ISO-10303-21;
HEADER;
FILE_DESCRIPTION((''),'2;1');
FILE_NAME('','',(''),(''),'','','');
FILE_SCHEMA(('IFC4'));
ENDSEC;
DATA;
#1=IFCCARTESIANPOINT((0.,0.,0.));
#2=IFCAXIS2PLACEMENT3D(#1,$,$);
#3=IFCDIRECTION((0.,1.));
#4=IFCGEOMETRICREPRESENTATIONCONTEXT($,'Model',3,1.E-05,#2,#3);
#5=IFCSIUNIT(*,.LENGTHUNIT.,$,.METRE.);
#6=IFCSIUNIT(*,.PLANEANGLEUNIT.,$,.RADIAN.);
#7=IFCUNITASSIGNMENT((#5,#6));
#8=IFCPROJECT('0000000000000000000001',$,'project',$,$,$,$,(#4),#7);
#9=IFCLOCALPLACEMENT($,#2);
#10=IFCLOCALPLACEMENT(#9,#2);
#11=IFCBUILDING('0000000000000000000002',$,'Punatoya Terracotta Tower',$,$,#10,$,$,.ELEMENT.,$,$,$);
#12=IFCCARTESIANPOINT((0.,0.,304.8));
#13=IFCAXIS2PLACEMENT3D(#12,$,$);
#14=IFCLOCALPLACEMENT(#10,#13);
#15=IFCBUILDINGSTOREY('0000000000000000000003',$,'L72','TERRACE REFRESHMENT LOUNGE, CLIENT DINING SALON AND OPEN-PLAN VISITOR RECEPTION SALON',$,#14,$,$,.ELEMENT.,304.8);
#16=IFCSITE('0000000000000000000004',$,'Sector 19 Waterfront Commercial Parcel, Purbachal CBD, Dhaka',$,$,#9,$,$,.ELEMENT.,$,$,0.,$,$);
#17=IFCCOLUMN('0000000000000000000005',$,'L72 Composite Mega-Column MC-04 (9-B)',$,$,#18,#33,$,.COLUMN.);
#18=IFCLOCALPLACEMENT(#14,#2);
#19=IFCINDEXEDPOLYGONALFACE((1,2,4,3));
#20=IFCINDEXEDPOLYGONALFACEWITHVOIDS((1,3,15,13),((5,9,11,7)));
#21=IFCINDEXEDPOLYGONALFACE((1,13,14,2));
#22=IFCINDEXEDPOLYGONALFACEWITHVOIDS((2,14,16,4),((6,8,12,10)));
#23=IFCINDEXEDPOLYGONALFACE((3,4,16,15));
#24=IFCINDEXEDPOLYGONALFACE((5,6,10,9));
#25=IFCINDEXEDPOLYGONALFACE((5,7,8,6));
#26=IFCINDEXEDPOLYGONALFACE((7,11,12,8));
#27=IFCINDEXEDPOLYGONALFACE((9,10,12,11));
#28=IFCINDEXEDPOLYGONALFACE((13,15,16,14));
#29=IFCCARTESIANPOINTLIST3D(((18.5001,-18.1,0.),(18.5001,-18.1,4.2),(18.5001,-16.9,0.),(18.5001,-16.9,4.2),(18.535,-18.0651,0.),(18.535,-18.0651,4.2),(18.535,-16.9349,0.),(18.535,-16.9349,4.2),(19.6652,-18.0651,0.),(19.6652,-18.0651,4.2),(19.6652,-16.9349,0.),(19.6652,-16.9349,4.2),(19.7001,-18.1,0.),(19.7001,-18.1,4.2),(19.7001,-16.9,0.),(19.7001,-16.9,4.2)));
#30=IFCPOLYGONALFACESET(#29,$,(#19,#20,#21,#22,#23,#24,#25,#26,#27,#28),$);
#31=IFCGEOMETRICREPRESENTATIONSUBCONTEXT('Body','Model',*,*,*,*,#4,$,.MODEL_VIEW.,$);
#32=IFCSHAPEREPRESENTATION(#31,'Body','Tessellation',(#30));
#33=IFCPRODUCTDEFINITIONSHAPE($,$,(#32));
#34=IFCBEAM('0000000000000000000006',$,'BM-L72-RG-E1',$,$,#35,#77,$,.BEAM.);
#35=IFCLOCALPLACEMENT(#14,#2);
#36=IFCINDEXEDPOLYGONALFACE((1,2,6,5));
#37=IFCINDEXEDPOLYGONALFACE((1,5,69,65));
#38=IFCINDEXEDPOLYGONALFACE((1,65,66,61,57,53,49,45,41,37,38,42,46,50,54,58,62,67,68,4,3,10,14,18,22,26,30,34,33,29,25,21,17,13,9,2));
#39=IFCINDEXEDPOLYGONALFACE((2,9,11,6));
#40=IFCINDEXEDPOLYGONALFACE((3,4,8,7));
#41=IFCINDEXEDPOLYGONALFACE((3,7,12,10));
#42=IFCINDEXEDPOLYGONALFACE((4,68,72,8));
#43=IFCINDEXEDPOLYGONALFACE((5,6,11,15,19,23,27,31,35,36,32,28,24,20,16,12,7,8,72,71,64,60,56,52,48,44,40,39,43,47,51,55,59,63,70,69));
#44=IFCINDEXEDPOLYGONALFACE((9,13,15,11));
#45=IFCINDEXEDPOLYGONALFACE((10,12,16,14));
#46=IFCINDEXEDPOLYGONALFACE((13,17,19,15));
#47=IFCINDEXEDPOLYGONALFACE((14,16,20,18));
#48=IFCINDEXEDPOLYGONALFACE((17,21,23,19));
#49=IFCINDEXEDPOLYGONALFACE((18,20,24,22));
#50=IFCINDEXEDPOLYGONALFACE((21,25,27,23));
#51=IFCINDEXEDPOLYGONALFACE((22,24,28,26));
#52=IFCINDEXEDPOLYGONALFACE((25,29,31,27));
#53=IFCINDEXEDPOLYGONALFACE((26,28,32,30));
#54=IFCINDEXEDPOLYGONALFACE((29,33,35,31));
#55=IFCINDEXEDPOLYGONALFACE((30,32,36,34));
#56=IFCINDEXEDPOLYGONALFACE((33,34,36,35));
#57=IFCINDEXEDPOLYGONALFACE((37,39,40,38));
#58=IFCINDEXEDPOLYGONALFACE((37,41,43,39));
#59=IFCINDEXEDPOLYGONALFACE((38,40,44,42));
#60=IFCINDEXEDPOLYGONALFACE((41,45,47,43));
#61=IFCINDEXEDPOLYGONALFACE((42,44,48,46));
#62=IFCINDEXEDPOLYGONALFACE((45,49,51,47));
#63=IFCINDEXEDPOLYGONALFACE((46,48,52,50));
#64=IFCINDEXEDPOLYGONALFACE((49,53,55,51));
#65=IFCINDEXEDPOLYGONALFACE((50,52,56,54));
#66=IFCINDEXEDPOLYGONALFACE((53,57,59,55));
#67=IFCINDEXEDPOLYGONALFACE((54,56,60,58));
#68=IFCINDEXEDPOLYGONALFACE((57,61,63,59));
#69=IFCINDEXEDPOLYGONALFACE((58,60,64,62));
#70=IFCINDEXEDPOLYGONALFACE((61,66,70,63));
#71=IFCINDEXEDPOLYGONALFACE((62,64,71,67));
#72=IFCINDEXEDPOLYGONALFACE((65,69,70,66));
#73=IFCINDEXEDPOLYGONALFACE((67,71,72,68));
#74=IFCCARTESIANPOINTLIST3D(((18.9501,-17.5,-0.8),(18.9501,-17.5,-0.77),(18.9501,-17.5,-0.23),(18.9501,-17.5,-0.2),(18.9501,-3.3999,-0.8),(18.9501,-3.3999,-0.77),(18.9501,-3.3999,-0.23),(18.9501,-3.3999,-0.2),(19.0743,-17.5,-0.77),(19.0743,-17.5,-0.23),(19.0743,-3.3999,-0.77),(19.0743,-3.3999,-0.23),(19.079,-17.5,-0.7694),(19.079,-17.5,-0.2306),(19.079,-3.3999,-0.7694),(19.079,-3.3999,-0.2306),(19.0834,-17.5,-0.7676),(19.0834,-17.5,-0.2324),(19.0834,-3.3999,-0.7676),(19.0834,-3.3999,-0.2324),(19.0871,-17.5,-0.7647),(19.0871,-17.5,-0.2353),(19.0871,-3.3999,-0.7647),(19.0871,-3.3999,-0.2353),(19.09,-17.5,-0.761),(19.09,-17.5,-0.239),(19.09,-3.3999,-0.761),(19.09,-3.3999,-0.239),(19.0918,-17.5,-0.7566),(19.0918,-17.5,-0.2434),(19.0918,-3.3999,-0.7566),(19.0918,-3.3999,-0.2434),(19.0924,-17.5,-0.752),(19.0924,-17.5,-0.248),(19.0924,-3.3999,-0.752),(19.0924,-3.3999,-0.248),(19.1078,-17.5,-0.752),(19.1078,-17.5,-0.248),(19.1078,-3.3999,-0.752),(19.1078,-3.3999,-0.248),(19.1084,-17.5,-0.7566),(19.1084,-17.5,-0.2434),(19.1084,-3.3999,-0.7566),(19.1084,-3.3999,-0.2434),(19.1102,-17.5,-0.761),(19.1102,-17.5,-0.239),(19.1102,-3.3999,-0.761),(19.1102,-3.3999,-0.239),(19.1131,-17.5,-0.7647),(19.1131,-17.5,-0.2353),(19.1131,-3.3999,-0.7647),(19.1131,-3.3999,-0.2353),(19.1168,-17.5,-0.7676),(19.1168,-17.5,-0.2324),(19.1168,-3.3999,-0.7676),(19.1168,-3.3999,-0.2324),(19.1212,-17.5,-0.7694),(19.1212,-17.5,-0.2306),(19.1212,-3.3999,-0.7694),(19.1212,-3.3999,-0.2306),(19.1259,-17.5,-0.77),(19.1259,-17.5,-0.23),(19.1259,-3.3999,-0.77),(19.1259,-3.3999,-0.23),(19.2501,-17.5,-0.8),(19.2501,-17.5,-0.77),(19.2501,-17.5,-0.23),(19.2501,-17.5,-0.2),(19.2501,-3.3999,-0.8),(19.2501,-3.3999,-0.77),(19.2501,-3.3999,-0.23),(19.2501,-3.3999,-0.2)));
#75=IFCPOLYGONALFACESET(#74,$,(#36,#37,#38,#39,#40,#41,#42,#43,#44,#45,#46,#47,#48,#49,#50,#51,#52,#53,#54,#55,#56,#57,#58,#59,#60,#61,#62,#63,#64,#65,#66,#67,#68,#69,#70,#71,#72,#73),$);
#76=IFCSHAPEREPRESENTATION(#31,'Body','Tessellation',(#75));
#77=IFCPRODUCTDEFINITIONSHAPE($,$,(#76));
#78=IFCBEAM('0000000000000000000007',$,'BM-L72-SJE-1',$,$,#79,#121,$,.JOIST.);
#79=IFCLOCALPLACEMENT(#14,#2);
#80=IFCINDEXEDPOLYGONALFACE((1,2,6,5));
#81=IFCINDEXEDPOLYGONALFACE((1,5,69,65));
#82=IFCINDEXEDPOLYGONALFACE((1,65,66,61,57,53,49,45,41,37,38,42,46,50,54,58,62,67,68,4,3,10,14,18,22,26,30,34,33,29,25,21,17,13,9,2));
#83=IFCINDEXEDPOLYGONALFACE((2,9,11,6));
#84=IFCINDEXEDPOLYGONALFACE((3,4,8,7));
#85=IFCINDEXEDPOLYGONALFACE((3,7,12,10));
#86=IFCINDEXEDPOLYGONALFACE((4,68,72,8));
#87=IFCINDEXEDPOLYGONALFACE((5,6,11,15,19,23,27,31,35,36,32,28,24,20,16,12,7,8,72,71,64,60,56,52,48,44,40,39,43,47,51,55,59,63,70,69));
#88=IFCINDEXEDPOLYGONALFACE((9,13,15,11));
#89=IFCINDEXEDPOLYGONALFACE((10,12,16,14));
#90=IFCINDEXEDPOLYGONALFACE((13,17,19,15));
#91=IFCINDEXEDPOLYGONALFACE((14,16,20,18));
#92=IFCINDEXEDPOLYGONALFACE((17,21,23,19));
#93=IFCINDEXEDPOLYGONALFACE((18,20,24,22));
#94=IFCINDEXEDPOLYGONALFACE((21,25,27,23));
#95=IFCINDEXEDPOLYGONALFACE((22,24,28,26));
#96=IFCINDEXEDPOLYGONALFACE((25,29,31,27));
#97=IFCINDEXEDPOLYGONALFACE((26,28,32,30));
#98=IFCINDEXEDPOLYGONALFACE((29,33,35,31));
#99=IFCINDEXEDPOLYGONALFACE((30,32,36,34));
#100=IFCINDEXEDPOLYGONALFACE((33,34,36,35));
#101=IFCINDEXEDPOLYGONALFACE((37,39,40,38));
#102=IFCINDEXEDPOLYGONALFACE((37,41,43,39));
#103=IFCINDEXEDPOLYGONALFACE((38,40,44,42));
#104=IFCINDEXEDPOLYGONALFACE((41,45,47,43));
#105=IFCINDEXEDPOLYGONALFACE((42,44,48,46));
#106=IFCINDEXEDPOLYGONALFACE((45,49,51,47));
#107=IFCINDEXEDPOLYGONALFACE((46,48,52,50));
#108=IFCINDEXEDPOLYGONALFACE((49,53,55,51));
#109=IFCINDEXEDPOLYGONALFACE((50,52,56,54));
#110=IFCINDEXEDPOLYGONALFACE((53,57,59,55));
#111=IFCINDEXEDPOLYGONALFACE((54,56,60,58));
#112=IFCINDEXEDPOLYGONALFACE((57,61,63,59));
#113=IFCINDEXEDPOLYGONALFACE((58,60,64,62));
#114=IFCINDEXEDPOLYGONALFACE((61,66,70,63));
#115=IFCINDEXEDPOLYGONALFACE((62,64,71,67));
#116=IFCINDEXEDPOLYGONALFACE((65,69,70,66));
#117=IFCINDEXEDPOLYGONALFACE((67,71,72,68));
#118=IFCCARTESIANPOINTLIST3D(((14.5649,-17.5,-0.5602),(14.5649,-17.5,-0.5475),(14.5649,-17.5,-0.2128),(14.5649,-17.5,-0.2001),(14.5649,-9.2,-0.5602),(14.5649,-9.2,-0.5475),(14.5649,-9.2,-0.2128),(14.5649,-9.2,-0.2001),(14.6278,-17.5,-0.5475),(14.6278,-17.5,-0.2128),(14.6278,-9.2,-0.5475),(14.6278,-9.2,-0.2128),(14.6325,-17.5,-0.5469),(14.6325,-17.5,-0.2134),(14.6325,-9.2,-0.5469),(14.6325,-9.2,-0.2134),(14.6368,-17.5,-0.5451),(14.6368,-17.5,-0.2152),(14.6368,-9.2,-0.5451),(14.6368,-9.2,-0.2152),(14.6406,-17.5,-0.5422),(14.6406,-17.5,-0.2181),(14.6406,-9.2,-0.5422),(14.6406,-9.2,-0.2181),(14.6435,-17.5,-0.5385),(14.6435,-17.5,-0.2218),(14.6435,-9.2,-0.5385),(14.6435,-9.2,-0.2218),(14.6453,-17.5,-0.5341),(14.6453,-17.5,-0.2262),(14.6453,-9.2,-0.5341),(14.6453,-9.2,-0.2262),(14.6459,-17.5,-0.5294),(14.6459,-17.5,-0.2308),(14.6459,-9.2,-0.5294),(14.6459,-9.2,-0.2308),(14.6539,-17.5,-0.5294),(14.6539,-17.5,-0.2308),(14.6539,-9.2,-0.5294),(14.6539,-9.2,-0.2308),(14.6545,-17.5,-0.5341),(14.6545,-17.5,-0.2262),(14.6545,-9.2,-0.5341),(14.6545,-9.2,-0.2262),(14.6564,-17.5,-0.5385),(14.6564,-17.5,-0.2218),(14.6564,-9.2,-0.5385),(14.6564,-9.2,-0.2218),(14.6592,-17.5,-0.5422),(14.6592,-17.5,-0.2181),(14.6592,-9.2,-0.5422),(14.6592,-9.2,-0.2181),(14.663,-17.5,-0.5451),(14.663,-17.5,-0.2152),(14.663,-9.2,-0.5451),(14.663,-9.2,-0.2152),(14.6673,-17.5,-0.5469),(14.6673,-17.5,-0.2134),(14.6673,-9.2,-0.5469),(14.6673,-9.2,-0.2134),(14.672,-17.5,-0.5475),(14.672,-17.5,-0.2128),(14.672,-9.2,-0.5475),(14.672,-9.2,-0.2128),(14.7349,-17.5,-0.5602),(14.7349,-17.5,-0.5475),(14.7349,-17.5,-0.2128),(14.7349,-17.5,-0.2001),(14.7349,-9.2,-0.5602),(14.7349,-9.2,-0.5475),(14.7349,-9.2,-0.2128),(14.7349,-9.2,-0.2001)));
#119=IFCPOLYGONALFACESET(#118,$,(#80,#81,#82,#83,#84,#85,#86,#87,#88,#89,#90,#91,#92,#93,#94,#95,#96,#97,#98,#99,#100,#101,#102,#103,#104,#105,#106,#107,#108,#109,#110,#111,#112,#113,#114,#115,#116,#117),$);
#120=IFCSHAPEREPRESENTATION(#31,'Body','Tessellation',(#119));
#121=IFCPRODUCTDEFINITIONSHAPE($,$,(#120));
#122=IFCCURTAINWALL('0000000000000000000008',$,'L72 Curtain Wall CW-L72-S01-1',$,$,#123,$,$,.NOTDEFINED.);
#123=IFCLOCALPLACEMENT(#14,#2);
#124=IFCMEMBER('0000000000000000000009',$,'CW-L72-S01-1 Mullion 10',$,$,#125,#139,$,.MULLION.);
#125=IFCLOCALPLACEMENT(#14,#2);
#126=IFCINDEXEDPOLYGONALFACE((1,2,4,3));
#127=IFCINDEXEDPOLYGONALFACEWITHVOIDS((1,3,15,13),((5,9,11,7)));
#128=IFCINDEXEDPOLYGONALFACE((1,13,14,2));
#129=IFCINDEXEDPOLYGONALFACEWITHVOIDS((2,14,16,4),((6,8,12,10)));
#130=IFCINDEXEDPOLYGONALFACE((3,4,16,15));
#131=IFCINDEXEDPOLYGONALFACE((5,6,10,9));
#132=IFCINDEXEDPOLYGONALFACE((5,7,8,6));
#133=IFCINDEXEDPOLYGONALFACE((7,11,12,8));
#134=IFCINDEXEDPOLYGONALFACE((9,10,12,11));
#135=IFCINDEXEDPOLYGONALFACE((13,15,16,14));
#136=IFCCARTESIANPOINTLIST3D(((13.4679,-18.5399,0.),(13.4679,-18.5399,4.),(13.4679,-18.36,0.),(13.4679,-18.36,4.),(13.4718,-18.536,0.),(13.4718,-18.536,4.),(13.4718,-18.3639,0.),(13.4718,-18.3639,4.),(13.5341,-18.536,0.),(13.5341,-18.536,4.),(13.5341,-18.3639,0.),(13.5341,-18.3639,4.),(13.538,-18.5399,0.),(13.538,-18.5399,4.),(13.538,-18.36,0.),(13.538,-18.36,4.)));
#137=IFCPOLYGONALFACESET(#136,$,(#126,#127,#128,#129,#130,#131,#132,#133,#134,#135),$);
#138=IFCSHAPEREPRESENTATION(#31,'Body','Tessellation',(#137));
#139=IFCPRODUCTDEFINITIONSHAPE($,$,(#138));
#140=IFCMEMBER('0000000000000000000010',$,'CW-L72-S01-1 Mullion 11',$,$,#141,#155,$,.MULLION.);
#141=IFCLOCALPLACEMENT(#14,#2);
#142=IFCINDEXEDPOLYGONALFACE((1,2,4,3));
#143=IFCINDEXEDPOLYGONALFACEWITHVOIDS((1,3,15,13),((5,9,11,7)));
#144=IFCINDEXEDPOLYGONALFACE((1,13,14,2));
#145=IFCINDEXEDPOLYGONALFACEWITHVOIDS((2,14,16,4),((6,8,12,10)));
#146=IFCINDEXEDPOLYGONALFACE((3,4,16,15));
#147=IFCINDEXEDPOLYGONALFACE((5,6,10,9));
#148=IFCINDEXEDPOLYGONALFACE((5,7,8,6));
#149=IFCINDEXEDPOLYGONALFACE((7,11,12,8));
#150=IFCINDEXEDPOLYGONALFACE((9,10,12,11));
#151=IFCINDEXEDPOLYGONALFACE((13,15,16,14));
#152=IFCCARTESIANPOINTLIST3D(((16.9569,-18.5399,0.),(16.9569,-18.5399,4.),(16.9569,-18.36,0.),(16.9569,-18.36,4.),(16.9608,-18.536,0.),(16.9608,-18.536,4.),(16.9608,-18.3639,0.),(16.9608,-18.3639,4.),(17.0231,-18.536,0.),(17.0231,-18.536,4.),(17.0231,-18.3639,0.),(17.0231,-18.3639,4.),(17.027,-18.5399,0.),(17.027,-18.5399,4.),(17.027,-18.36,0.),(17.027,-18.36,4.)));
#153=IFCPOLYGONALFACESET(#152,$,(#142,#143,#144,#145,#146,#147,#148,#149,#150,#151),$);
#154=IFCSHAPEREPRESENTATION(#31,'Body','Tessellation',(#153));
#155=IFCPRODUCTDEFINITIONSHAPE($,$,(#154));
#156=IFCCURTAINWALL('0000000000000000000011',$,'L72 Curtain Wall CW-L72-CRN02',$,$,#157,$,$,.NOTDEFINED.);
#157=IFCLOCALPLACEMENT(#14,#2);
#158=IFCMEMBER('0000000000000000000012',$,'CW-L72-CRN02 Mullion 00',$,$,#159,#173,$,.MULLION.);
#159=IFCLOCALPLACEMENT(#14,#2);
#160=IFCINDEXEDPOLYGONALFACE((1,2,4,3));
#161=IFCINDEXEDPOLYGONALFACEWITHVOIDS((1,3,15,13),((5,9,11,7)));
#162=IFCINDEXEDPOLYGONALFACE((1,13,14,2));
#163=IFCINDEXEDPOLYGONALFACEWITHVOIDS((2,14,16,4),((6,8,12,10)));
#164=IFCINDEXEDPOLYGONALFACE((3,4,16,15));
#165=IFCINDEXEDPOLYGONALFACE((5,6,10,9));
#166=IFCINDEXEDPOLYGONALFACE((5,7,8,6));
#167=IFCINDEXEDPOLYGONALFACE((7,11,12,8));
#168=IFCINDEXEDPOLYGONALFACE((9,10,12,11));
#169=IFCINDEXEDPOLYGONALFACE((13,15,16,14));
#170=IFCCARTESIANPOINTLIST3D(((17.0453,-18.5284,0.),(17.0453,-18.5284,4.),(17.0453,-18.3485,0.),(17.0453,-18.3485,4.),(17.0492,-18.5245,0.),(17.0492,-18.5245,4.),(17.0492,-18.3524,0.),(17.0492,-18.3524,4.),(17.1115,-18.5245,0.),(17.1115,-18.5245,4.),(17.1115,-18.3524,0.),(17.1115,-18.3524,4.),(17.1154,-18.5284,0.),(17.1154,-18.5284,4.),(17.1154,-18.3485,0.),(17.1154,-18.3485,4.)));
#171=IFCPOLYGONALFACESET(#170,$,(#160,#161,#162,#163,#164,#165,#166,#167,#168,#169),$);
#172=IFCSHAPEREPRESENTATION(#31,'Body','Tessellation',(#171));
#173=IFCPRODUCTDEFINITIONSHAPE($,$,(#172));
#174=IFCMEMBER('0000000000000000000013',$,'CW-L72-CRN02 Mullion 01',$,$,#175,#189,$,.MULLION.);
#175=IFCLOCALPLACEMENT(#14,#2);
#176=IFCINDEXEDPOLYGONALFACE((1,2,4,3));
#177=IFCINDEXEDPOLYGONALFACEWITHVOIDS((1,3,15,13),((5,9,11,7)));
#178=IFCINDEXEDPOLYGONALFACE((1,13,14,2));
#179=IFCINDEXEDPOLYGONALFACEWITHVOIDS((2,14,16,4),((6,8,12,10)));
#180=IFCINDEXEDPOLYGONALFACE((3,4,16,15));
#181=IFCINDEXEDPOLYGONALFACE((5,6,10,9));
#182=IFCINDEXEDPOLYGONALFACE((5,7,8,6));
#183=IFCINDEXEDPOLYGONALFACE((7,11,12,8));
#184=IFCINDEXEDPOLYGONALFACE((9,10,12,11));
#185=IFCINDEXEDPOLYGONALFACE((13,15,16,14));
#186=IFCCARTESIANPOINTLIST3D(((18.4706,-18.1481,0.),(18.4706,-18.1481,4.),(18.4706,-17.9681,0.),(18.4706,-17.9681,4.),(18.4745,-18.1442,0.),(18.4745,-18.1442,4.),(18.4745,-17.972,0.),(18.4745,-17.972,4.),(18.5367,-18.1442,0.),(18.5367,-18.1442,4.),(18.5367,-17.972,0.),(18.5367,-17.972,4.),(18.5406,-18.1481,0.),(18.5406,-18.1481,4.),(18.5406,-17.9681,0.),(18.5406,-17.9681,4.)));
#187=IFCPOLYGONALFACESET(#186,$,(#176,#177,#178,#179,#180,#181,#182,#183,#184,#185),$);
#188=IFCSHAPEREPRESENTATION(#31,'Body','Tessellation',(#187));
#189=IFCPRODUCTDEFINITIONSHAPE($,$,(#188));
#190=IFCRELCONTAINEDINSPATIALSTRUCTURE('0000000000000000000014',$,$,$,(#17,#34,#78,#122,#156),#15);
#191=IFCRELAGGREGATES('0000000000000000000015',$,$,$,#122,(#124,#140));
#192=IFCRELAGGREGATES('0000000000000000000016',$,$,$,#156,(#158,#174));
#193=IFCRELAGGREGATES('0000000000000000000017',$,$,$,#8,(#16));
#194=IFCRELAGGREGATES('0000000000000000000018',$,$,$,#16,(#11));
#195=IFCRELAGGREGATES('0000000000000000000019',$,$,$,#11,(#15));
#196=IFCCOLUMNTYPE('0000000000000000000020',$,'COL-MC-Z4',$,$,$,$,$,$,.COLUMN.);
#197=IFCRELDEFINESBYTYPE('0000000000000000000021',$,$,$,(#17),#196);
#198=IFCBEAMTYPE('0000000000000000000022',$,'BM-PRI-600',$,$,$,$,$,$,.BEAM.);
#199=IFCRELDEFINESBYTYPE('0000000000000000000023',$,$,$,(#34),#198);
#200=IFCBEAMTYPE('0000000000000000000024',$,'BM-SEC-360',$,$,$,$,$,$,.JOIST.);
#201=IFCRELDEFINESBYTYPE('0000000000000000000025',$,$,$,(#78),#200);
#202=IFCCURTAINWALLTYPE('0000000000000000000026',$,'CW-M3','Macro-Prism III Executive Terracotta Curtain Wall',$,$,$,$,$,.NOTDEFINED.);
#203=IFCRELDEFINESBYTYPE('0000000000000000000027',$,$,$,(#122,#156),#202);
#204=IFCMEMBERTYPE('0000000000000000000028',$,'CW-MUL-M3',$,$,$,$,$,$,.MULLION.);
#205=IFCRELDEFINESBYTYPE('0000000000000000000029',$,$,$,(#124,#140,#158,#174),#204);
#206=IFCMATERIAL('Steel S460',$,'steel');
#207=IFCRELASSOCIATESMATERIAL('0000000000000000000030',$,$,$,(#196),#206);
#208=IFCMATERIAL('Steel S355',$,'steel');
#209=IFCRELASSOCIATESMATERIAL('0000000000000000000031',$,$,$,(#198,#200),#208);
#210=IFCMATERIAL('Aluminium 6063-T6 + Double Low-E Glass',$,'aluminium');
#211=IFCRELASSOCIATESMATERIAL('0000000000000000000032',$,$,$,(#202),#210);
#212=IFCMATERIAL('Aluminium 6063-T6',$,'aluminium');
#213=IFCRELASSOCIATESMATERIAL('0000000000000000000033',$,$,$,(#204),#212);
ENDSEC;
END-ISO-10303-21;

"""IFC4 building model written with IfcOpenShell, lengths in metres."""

from ifc_helpers import new_model, si_unit, direction, frame, origin, origin_2d, place, context, subcontext, project, spatial, hollow_rectangle, i_section, extrude, material, material_profile, profile_set, type_object, element, aggregate, save


model = new_model("IFC4")

# Units and contexts
model_context = context("Model", 3, precision=1e-05, world=origin(), true_north=direction((0.0, 1.0)))
body_context = subcontext(model_context, "Body", "Model", "MODEL_VIEW")
ifc_project = project(units=[si_unit("LENGTHUNIT", "METRE"), si_unit("PLANEANGLEUNIT", "RADIAN")], contexts=[model_context])

# Site, building, storey
site_placement = place(None, origin())
site = spatial("IfcSite", under=ifc_project, at=site_placement, Name="Sector 19 Waterfront Commercial Parcel, Purbachal CBD, Dhaka", CompositionType="ELEMENT", RefElevation=0.0)
building_placement = place(site_placement, origin())
building = spatial("IfcBuilding", under=site, at=building_placement, Name="Punatoya Terracotta Tower", CompositionType="ELEMENT")
storey_placement = place(building_placement, frame((0.0, 0.0, 304.8)))
storey = spatial("IfcBuildingStorey", under=building, at=storey_placement, Name="L72", Description="TERRACE REFRESHMENT LOUNGE, CLIENT DINING SALON AND OPEN-PLAN VISITOR RECEPTION SALON", CompositionType="ELEMENT", Elevation=304.8)

# Column
ifc_material_1 = material(Name="Steel S460", Category="steel")
ifc_material_profile_1 = material_profile(ifc_material_1, hollow_rectangle(XDim=1.2, YDim=1.2, WallThickness=0.0349, at=origin_2d()))
ifc_profile_set_1 = profile_set([ifc_material_profile_1], Name="Steel S460")
column_type = type_object("IfcColumnType", Name="COL-MC-Z4", PredefinedType="COLUMN", material=ifc_profile_set_1)
column_placement = place(storey_placement, frame((19.1001, -17.5, 0.0), z_axis=(0.0, 0.0, 1.0), x_axis=(1.0, 0.0, 0.0)))
element("IfcColumn", 1, at=column_placement, inside=storey, type_object=column_type, Name="L72 Composite Mega-Column MC-04 (9-B)", PredefinedType="COLUMN", context=body_context, shape_type="SweptSolid", body=[
    extrude(hollow_rectangle(XDim=1.2, YDim=1.2, WallThickness=0.0349, at=origin_2d()), origin(), (0.0, 0.0, 1.0), 4.2),
])

# Beams
ifc_material_2 = material(Name="Steel S355", Category="steel")
ifc_material_profile_2 = material_profile(ifc_material_2, i_section(OverallWidth=0.3, OverallDepth=0.6001, WebThickness=0.0154, FlangeThickness=0.03, FilletRadius=0.0181, at=origin_2d()))
ifc_profile_set_2 = profile_set([ifc_material_profile_2], Name="Steel S355")
beam_type_1 = type_object("IfcBeamType", Name="BM-PRI-600", PredefinedType="BEAM", material=ifc_profile_set_2)
beam_1_placement = place(storey_placement, frame((19.1001, -17.5, -0.5), z_axis=(0.0, 1.0, 0.0), x_axis=(-1.0, 0.0, 0.0)))
element("IfcBeam", 2, at=beam_1_placement, inside=storey, type_object=beam_type_1, Name="BM-L72-RG-E1", PredefinedType="BEAM", context=body_context, shape_type="SweptSolid", body=[
    extrude(i_section(OverallWidth=0.3, OverallDepth=0.6001, WebThickness=0.0154, FlangeThickness=0.03, FilletRadius=0.0181, at=origin_2d()), origin(), (0.0, 0.0, 1.0), 14.1001),
])
ifc_material_profile_3 = material_profile(ifc_material_2, i_section(OverallWidth=0.1699, OverallDepth=0.3601, WebThickness=0.0081, FlangeThickness=0.0127, FilletRadius=0.0181, at=origin_2d()))
ifc_profile_set_3 = profile_set([ifc_material_profile_3], Name="Steel S355")
beam_type_2 = type_object("IfcBeamType", Name="BM-SEC-360", PredefinedType="JOIST", material=ifc_profile_set_3)
beam_2_placement = place(storey_placement, frame((14.6499, -17.5, -0.3801), z_axis=(0.0, 1.0, 0.0), x_axis=(-1.0, 0.0, 0.0)))
element("IfcBeam", 3, at=beam_2_placement, inside=storey, type_object=beam_type_2, Name="BM-L72-SJE-1", PredefinedType="JOIST", context=body_context, shape_type="SweptSolid", body=[
    extrude(i_section(OverallWidth=0.1699, OverallDepth=0.3601, WebThickness=0.0081, FlangeThickness=0.0127, FilletRadius=0.0181, at=origin_2d()), origin(), (0.0, 0.0, 1.0), 8.3),
])

# Curtain walls, members
ifc_material_3 = material(Name="Aluminium 6063-T6 + Double Low-E Glass", Category="aluminium")
curtain_wall_type = type_object("IfcCurtainWallType", Name="CW-M3", Description="Macro-Prism III Executive Terracotta Curtain Wall", PredefinedType="NOTDEFINED", material=ifc_material_3)
curtain_wall_1_placement = place(storey_placement, origin())
curtain_wall_1 = element("IfcCurtainWall", 4, at=curtain_wall_1_placement, inside=storey, type_object=curtain_wall_type, Name="L72 Curtain Wall CW-L72-S01-1", PredefinedType="NOTDEFINED")
ifc_material_4 = material(Name="Aluminium 6063-T6", Category="aluminium")
ifc_material_profile_4 = material_profile(ifc_material_4, hollow_rectangle(XDim=0.0701, YDim=0.1799, WallThickness=0.0039, at=origin_2d()))
ifc_profile_set_4 = profile_set([ifc_material_profile_4], Name="Aluminium 6063-T6")
member_type_1 = type_object("IfcMemberType", Name="CW-MUL-M3", PredefinedType="MULLION", material=ifc_profile_set_4)
member_1_placement = place(storey_placement, frame((13.5029, -18.45, 0.0), z_axis=(0.0, 0.0, 1.0), x_axis=(1.0, 0.0, 0.0)))
member_1 = element("IfcMember", 5, at=member_1_placement, type_object=member_type_1, Name="CW-L72-S01-1 Mullion 10", PredefinedType="MULLION", context=body_context, shape_type="SweptSolid", body=[
    extrude(hollow_rectangle(XDim=0.0701, YDim=0.1799, WallThickness=0.0039, at=origin_2d()), origin(), (0.0, 0.0, 1.0), 4.0),
])
member_2_placement = place(storey_placement, frame((16.9919, -18.45, 0.0), z_axis=(0.0, 0.0, 1.0), x_axis=(1.0, 0.0, 0.0)))
member_2 = element("IfcMember", 6, at=member_2_placement, type_object=member_type_1, Name="CW-L72-S01-1 Mullion 11", PredefinedType="MULLION", context=body_context, shape_type="SweptSolid", body=[
    extrude(hollow_rectangle(XDim=0.0701, YDim=0.1799, WallThickness=0.0039, at=origin_2d()), origin(), (0.0, 0.0, 1.0), 4.0),
])
curtain_wall_2_placement = place(storey_placement, origin())
curtain_wall_2 = element("IfcCurtainWall", 7, at=curtain_wall_2_placement, inside=storey, type_object=curtain_wall_type, Name="L72 Curtain Wall CW-L72-CRN02", PredefinedType="NOTDEFINED")
member_3_placement = place(storey_placement, frame((17.0803, -18.4385, 0.0), z_axis=(0.0, 0.0, 1.0), x_axis=(1.0, 0.0, 0.0)))
member_3 = element("IfcMember", 8, at=member_3_placement, type_object=member_type_1, Name="CW-L72-CRN02 Mullion 00", PredefinedType="MULLION", context=body_context, shape_type="SweptSolid", body=[
    extrude(hollow_rectangle(XDim=0.0701, YDim=0.1799, WallThickness=0.0039, at=origin_2d()), origin(), (0.0, 0.0, 1.0), 4.0),
])
member_4_placement = place(storey_placement, frame((18.5056, -18.0581, 0.0), z_axis=(0.0, 0.0, 1.0), x_axis=(1.0, 0.0, 0.0)))
member_4 = element("IfcMember", 9, at=member_4_placement, type_object=member_type_1, Name="CW-L72-CRN02 Mullion 01", PredefinedType="MULLION", context=body_context, shape_type="SweptSolid", body=[
    extrude(hollow_rectangle(XDim=0.0701, YDim=0.1799, WallThickness=0.0039, at=origin_2d()), origin(), (0.0, 0.0, 1.0), 4.0),
])

aggregate(curtain_wall_1, [member_1, member_2])
aggregate(curtain_wall_2, [member_3, member_4])

save(model, "model.ifc")
